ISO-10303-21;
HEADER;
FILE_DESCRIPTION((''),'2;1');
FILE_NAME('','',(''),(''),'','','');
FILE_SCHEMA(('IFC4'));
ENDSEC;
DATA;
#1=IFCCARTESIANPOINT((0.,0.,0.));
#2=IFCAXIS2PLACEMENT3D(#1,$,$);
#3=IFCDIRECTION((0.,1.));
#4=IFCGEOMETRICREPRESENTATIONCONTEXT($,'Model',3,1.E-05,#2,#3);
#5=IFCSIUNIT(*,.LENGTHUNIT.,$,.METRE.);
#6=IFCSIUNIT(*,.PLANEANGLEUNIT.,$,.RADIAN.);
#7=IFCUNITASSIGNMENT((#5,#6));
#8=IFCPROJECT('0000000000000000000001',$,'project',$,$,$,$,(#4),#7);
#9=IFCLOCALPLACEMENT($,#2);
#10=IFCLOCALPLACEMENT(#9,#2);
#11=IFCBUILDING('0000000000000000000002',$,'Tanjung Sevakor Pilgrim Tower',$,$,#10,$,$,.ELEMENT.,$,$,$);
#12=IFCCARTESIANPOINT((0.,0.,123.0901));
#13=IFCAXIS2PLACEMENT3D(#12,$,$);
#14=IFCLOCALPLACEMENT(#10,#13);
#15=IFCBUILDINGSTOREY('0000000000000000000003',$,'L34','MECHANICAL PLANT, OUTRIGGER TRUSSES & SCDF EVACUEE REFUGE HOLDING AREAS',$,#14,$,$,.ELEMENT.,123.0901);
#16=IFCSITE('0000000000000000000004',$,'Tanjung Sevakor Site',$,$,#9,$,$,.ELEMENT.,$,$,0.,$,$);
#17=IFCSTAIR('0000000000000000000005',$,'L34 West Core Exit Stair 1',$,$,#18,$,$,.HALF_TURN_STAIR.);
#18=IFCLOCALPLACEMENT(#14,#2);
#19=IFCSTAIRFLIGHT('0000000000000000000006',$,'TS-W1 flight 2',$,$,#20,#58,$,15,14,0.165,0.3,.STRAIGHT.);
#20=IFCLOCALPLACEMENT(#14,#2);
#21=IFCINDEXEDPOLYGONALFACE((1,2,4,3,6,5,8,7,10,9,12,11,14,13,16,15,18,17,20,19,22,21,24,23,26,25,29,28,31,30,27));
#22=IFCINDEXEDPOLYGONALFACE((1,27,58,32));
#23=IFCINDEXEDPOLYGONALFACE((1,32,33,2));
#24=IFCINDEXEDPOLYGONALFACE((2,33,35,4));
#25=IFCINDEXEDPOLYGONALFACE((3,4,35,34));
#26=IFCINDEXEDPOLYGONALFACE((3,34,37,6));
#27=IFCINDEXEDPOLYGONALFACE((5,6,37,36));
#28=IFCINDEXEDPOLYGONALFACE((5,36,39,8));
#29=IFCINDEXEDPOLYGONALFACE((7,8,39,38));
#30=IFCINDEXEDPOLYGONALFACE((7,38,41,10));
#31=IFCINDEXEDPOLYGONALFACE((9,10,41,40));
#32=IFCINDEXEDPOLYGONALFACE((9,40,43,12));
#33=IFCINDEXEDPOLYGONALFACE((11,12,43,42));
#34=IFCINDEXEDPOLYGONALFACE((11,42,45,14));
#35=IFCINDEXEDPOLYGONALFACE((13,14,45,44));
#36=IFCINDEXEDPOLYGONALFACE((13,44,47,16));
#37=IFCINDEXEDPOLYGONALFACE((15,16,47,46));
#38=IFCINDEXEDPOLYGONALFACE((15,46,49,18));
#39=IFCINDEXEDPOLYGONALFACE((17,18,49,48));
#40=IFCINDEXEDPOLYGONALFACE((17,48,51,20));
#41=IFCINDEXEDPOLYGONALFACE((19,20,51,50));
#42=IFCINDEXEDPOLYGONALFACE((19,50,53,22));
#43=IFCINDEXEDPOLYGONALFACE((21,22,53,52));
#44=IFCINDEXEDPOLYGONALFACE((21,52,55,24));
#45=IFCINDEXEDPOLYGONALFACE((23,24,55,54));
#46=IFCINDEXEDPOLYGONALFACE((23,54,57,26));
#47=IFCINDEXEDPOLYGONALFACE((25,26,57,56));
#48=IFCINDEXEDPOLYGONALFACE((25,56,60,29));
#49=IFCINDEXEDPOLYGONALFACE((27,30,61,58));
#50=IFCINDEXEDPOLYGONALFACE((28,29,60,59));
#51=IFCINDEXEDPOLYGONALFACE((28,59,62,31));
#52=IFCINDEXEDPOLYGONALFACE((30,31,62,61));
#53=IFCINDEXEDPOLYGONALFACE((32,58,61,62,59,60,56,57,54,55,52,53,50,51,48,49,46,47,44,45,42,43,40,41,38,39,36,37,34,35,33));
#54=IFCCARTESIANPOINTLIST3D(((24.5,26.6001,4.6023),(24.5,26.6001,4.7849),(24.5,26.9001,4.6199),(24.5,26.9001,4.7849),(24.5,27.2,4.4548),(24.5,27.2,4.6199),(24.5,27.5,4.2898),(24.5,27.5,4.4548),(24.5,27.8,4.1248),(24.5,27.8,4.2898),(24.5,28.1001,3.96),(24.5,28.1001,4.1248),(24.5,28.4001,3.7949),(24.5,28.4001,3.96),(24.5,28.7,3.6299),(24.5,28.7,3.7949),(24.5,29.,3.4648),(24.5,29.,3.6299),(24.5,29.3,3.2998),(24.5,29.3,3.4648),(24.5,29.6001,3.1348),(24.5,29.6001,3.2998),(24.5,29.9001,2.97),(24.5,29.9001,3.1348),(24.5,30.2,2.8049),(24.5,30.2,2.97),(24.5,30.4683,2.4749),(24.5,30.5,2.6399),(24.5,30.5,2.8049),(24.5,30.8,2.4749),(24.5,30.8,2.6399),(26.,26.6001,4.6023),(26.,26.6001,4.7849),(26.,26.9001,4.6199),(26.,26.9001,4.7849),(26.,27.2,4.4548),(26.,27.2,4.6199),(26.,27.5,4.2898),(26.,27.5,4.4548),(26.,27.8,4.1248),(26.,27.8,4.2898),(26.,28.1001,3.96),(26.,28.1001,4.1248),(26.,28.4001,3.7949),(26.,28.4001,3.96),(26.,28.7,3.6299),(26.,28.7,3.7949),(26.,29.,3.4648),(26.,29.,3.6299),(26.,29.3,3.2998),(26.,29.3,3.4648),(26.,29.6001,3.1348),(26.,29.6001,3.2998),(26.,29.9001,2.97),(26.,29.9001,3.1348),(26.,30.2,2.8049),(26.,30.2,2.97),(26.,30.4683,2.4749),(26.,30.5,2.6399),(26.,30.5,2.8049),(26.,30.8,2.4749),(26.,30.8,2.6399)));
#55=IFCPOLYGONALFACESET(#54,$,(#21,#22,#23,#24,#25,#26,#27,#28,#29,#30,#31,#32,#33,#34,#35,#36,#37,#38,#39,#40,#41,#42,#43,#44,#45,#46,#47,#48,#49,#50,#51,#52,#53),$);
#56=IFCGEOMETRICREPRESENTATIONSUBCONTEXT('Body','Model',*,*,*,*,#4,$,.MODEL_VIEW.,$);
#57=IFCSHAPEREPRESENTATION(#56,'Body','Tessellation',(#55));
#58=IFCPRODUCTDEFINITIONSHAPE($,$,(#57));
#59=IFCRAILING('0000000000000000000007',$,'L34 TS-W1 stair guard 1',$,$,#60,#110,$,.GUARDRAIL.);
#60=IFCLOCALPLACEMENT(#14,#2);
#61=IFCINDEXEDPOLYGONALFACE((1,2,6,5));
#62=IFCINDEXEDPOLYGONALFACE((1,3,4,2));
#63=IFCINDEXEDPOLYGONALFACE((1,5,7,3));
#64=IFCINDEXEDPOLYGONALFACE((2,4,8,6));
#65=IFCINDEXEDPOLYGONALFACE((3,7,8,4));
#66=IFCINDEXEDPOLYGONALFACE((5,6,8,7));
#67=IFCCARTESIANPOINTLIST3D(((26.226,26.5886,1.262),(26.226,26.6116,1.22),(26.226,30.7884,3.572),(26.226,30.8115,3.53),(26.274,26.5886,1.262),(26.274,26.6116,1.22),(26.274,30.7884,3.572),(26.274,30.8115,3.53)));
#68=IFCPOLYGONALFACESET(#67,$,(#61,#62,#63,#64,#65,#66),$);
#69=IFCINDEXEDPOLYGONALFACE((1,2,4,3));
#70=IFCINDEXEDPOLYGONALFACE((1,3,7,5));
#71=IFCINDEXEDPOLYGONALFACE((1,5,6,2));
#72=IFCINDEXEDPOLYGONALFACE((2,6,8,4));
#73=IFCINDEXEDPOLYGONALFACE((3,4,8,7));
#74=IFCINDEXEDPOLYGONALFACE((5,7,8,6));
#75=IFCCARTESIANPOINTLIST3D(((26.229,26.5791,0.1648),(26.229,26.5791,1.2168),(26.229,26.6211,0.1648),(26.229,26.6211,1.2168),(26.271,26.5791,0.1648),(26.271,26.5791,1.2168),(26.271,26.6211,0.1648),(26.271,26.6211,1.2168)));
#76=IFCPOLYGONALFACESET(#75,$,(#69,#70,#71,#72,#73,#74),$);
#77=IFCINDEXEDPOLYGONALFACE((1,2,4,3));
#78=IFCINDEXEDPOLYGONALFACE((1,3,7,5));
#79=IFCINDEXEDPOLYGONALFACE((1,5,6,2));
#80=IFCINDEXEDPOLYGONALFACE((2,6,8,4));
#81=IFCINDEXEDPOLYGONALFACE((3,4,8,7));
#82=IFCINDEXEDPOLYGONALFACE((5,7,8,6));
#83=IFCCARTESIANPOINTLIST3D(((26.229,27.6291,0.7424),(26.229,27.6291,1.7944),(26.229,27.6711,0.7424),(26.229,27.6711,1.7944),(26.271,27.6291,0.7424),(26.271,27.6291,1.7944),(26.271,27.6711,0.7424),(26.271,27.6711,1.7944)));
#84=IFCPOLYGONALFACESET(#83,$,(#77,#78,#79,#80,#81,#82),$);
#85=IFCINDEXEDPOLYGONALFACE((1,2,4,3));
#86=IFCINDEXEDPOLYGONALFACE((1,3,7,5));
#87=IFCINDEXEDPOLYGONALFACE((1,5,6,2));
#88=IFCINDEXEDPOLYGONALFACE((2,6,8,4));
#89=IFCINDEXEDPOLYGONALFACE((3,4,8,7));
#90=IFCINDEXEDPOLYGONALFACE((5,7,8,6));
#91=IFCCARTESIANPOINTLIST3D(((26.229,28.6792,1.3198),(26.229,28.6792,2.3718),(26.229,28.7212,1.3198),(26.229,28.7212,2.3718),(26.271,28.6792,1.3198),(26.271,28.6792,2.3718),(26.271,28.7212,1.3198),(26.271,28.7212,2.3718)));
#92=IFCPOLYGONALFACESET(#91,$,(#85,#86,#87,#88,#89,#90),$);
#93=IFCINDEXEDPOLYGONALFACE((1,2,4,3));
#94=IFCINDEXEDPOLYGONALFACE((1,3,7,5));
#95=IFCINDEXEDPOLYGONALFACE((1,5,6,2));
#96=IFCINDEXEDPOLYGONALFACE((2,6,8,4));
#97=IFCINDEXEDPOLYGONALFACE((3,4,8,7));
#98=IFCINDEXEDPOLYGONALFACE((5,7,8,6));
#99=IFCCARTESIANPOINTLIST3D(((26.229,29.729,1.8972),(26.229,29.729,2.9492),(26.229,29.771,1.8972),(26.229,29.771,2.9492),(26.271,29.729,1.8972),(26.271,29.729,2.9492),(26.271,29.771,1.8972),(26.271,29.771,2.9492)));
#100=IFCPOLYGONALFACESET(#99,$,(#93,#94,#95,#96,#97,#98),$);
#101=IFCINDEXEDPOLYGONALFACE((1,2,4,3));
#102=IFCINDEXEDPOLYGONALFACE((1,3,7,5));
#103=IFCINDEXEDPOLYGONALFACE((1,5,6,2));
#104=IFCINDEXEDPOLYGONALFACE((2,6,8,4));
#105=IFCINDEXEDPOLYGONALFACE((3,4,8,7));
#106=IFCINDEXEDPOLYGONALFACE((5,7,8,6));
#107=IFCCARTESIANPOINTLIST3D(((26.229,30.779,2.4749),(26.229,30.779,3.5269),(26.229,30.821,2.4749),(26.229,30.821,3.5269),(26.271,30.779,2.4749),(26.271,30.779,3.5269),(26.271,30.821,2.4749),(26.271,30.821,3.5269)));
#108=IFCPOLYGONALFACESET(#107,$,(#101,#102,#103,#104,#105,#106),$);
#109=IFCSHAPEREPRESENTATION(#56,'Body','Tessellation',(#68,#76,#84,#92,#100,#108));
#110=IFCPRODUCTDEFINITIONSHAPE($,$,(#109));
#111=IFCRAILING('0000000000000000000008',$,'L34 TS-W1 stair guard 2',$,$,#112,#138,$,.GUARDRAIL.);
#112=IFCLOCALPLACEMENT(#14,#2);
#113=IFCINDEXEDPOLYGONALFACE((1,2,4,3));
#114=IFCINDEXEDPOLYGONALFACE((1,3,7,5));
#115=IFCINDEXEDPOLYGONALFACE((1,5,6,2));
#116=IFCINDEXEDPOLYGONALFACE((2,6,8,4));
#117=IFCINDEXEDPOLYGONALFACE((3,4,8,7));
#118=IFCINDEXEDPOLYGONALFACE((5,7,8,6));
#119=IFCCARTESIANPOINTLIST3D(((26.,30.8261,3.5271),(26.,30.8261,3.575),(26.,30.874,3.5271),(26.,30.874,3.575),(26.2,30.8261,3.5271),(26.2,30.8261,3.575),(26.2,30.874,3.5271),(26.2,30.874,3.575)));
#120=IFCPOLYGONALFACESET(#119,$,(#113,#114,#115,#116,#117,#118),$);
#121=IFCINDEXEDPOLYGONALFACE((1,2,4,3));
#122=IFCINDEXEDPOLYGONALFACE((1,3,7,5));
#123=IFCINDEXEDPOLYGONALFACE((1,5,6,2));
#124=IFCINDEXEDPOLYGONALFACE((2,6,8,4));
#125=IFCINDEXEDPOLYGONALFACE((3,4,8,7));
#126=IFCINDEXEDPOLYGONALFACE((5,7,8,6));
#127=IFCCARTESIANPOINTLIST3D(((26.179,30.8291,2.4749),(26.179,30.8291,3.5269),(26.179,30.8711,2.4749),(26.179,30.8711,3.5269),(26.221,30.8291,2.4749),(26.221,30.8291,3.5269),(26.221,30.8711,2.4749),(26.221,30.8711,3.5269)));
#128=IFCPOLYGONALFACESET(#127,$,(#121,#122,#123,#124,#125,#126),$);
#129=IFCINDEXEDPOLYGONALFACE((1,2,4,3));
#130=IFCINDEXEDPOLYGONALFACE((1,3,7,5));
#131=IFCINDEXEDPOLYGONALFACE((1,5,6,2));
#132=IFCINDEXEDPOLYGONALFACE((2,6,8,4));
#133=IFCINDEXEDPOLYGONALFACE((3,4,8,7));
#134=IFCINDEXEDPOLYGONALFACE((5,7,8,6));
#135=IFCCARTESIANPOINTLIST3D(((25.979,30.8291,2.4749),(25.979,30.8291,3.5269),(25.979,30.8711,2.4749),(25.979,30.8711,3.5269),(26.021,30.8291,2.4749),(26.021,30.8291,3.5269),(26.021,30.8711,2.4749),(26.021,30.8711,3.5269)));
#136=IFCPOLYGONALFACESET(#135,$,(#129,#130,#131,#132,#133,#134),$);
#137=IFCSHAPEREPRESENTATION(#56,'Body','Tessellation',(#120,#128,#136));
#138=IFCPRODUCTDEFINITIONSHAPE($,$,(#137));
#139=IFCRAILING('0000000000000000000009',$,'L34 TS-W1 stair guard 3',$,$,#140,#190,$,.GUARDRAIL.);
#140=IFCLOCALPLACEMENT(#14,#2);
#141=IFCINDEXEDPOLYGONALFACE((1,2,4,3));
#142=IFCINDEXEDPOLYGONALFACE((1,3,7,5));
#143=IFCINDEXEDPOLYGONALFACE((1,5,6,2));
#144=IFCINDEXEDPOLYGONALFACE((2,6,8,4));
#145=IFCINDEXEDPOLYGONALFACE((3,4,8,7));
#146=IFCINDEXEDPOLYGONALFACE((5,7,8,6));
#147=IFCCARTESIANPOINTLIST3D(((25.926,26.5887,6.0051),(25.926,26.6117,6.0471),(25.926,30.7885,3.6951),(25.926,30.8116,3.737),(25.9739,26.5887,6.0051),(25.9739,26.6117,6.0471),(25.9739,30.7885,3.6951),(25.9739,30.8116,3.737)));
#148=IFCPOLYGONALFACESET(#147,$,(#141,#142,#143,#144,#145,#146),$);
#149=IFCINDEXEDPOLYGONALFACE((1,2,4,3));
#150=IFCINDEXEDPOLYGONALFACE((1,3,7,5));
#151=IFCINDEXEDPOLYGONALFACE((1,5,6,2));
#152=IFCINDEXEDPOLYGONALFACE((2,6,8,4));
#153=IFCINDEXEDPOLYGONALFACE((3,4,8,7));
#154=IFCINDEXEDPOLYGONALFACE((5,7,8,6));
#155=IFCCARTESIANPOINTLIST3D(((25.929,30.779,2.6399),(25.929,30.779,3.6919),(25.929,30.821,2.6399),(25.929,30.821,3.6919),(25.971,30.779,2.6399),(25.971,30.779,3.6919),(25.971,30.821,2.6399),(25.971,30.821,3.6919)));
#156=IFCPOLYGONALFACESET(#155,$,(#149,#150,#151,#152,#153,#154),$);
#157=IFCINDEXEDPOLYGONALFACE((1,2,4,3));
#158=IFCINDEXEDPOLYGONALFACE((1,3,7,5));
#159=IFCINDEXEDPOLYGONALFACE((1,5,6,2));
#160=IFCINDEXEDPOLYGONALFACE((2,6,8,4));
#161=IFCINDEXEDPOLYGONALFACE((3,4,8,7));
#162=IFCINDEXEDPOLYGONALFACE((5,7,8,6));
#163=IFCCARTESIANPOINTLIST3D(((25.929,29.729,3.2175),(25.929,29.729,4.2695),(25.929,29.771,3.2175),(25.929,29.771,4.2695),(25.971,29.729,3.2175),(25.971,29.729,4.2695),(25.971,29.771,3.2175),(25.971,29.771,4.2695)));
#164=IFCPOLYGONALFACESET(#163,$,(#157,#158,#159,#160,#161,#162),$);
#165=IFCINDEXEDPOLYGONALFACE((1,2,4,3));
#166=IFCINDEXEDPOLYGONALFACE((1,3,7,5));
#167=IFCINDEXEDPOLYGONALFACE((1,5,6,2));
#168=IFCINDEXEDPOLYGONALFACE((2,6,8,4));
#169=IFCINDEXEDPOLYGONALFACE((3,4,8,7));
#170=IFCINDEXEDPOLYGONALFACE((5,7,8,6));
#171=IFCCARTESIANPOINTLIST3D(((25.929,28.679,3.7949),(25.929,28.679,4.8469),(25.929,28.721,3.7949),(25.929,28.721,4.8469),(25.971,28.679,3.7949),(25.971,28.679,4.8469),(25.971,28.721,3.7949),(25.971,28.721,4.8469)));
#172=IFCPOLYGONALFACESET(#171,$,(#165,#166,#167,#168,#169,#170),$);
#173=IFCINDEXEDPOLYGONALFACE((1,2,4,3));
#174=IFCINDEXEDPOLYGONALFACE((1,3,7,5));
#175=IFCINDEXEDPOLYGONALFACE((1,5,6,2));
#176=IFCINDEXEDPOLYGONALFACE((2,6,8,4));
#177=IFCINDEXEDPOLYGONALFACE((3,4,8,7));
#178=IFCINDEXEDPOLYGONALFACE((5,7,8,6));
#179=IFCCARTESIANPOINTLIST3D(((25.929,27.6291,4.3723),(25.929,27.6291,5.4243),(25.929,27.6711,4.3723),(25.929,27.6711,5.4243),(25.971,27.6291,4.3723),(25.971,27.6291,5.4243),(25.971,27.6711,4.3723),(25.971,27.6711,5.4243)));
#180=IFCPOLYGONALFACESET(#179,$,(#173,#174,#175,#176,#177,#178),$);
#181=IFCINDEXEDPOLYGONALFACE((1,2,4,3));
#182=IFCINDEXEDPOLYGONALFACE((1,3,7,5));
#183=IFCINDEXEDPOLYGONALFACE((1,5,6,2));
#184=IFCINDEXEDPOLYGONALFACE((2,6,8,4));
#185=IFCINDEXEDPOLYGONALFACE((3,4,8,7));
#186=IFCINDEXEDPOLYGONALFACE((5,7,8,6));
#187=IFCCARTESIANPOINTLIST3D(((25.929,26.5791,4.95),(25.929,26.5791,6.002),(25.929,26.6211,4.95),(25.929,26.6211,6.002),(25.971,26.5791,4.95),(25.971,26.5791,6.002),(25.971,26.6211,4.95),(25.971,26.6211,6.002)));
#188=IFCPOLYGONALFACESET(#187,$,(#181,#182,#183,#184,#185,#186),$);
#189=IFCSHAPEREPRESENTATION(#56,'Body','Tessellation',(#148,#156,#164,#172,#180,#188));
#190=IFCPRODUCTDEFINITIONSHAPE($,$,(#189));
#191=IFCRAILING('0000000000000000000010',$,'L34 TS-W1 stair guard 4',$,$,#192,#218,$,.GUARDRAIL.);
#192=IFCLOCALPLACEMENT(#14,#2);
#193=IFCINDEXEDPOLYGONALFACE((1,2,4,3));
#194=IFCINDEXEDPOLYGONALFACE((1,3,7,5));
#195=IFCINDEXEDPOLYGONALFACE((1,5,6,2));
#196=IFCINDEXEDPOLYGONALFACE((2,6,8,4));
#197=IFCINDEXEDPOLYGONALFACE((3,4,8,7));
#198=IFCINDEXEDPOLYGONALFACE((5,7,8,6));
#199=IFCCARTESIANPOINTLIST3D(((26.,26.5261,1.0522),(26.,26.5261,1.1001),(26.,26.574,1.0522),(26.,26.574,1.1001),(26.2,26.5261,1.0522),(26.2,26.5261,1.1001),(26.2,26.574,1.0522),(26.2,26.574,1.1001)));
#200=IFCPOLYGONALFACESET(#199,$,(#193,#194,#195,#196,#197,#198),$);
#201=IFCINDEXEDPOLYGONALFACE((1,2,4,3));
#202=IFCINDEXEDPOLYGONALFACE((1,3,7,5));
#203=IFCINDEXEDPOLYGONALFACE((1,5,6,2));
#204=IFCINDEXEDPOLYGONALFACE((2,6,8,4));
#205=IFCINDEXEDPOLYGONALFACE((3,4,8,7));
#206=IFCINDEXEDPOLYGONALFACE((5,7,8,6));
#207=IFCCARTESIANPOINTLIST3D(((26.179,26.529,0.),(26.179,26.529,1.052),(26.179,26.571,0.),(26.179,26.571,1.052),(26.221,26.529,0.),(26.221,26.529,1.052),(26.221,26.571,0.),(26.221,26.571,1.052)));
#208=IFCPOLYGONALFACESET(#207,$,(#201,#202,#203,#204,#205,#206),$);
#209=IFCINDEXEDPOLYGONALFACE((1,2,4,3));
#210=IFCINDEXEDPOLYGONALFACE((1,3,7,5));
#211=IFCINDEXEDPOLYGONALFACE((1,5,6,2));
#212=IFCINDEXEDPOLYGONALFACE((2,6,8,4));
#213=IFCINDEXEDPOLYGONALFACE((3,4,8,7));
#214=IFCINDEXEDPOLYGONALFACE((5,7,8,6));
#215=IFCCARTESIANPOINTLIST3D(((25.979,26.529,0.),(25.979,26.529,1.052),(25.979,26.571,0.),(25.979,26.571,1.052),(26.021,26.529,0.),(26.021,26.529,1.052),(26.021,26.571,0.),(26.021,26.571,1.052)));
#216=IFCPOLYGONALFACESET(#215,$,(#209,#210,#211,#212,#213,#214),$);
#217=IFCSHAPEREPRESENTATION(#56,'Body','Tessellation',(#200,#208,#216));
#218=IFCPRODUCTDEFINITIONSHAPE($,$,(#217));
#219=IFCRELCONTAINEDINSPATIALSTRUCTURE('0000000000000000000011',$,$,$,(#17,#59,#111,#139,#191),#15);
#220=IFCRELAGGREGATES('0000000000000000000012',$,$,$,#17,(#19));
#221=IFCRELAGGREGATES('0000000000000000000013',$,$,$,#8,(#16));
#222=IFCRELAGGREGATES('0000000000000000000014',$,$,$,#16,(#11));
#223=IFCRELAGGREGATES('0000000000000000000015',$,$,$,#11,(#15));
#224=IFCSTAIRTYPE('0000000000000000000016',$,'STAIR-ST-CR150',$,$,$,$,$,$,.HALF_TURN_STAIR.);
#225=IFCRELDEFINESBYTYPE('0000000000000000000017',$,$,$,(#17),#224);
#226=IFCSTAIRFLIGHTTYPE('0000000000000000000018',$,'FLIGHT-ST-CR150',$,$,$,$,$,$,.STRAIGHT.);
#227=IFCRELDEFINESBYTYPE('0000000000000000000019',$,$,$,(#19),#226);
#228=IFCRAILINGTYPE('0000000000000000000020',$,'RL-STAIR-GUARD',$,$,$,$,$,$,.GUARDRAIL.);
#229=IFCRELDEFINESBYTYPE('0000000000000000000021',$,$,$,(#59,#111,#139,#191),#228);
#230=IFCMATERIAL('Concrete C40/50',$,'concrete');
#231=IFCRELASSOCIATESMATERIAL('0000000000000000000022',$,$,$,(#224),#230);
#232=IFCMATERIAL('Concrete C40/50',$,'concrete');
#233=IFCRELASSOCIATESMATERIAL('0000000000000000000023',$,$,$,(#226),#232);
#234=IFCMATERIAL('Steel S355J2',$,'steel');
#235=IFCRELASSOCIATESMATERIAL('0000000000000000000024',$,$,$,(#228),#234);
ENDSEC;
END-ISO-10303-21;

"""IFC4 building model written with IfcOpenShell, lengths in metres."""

from ifc_helpers import new_model, si_unit, direction, frame, origin, place, context, subcontext, project, spatial, polyline, rectangle, outline, extrude, material, type_object, element, aggregate, save


model = new_model("IFC4")

# Units and contexts
model_context = context("Model", 3, precision=1e-05, world=origin(), true_north=direction((0.0, 1.0)))
body_context = subcontext(model_context, "Body", "Model", "MODEL_VIEW")
ifc_project = project(units=[si_unit("LENGTHUNIT", "METRE"), si_unit("PLANEANGLEUNIT", "RADIAN")], contexts=[model_context])

# Site, building, storey
site_placement = place(None, origin())
site = spatial("IfcSite", under=ifc_project, at=site_placement, Name="Tanjung Sevakor Site", CompositionType="ELEMENT", RefElevation=0.0)
building_placement = place(site_placement, origin())
building = spatial("IfcBuilding", under=site, at=building_placement, Name="Tanjung Sevakor Pilgrim Tower", CompositionType="ELEMENT")
storey_placement = place(building_placement, frame((0.0, 0.0, 123.0901)))
storey = spatial("IfcBuildingStorey", under=building, at=storey_placement, Name="L34", Description="MECHANICAL PLANT, OUTRIGGER TRUSSES & SCDF EVACUEE REFUGE HOLDING AREAS", CompositionType="ELEMENT", Elevation=123.0901)

# Stair, stair flight
ifc_material_1 = material(Name="Concrete C40/50", Category="concrete")
stair_type = type_object("IfcStairType", Name="STAIR-ST-CR150", PredefinedType="HALF_TURN_STAIR", material=ifc_material_1)
stair_placement = place(storey_placement, origin())
stair = element("IfcStair", 1, at=stair_placement, inside=storey, type_object=stair_type, Name="L34 West Core Exit Stair 1", PredefinedType="HALF_TURN_STAIR")
ifc_material_2 = material(Name="Concrete C40/50", Category="concrete")
stair_flight_type = type_object("IfcStairFlightType", Name="FLIGHT-ST-CR150", PredefinedType="STRAIGHT", material=ifc_material_2)
stair_flight_1_placement = place(storey_placement, frame((25.25, 30.8, 2.4749), z_axis=(0.0, 0.0, 1.0), x_axis=(0.0, -1.0, 0.0)))
stair_flight_1 = element("IfcStairFlight", 2, at=stair_flight_1_placement, type_object=stair_flight_type, Name="TS-W1 flight 2", NumberOfRisers=15, NumberOfTreads=14, PredefinedType="STRAIGHT", RiserHeight=0.165, TreadLength=0.3, context=body_context, shape_type="SweptSolid", body=[
    extrude(outline(polyline([(0.0, 0.0), (0.0, 0.165), (0.3, 0.165), (0.3, 0.3301), (0.6001, 0.3301), (0.6001, 0.4951), (0.8999, 0.4951), (0.8999, 0.6599), (1.2, 0.6599), (1.2, 0.825), (1.5, 0.825), (1.5, 0.99), (1.8, 0.99), (1.8, 1.155), (2.1001, 1.155), (2.1001, 1.3201), (2.3999, 1.3201), (2.3999, 1.4851), (2.7, 1.4851), (2.7, 1.6499), (3.0, 1.6499), (3.0, 1.8149), (3.3, 1.8149), (3.3, 1.98), (3.6001, 1.98), (3.6001, 2.145), (3.8999, 2.145), (3.8999, 2.3101), (4.2, 2.3101), (4.2, 2.4751), (4.2, 2.1274), (0.3318, 0.0), (0.0, 0.0)])), frame((0.0, 0.75, 0.0), z_axis=(0.0, -1.0, 0.0), x_axis=(1.0, 0.0, 0.0)), (0.0, 0.0, 1.0), 1.5),
])
aggregate(stair, [stair_flight_1])

# Railings
ifc_material_3 = material(Name="Steel S355J2", Category="steel")
railing_type_1 = type_object("IfcRailingType", Name="RL-STAIR-GUARD", PredefinedType="GUARDRAIL", material=ifc_material_3)
railing_1_placement = place(storey_placement, frame((26.25, 26.6001, 0.1648)))
element("IfcRailing", 3, at=railing_1_placement, inside=storey, type_object=railing_type_1, Name="L34 TS-W1 stair guard 1", PredefinedType="GUARDRAIL", context=body_context, shape_type="SweptSolid", body=[
    extrude(rectangle(XDim=0.0479, YDim=0.0479), frame((0.0, 0.0, 1.0762), z_axis=(0.0, 0.876208, 0.481932), x_axis=(-1.0, 0.0, 0.0)), (0.0, 0.0, 1.0), 4.7932),
    extrude(rectangle(XDim=0.042, YDim=0.042), origin(), (0.0, 0.0, 1.0), 1.052),
    extrude(rectangle(XDim=0.042, YDim=0.042), frame((0.0, 1.05, 0.5776)), (0.0, 0.0, 1.0), 1.052),
    extrude(rectangle(XDim=0.042, YDim=0.042), frame((0.0, 2.1001, 1.155)), (0.0, 0.0, 1.0), 1.052),
    extrude(rectangle(XDim=0.042, YDim=0.042), frame((0.0, 3.1499, 1.7324)), (0.0, 0.0, 1.0), 1.052),
    extrude(rectangle(XDim=0.042, YDim=0.042), frame((0.0, 4.2, 2.3101)), (0.0, 0.0, 1.0), 1.052),
])
railing_2_placement = place(storey_placement, frame((26.2, 30.8501, 2.4749)))
element("IfcRailing", 4, at=railing_2_placement, inside=storey, type_object=railing_type_1, Name="L34 TS-W1 stair guard 2", PredefinedType="GUARDRAIL", context=body_context, shape_type="SweptSolid", body=[
    extrude(rectangle(XDim=0.0479, YDim=0.0479), frame((0.0, 0.0, 1.0762), z_axis=(-1.0, 0.0, 0.0), x_axis=(0.0, -1.0, 0.0)), (0.0, 0.0, 1.0), 0.2),
    extrude(rectangle(XDim=0.042, YDim=0.042), origin(), (0.0, 0.0, 1.0), 1.052),
    extrude(rectangle(XDim=0.042, YDim=0.042), frame((-0.2, 0.0, 0.0)), (0.0, 0.0, 1.0), 1.052),
])
railing_3_placement = place(storey_placement, frame((25.95, 30.8, 2.6399)))
element("IfcRailing", 5, at=railing_3_placement, inside=storey, type_object=railing_type_1, Name="L34 TS-W1 stair guard 3", PredefinedType="GUARDRAIL", context=body_context, shape_type="SweptSolid", body=[
    extrude(rectangle(XDim=0.0479, YDim=0.0479), frame((0.0, 0.0, 1.0762), z_axis=(0.0, -0.876208, 0.481932), x_axis=(1.0, 0.0, 0.0)), (0.0, 0.0, 1.0), 4.7932),
    extrude(rectangle(XDim=0.042, YDim=0.042), origin(), (0.0, 0.0, 1.0), 1.052),
    extrude(rectangle(XDim=0.042, YDim=0.042), frame((0.0, -1.05, 0.5776)), (0.0, 0.0, 1.0), 1.052),
    extrude(rectangle(XDim=0.042, YDim=0.042), frame((0.0, -2.1001, 1.155)), (0.0, 0.0, 1.0), 1.052),
    extrude(rectangle(XDim=0.042, YDim=0.042), frame((0.0, -3.1499, 1.7324)), (0.0, 0.0, 1.0), 1.052),
    extrude(rectangle(XDim=0.042, YDim=0.042), frame((0.0, -4.2, 2.3101)), (0.0, 0.0, 1.0), 1.052),
])
railing_4_placement = place(storey_placement, frame((26.2, 26.55, 0.0)))
element("IfcRailing", 6, at=railing_4_placement, inside=storey, type_object=railing_type_1, Name="L34 TS-W1 stair guard 4", PredefinedType="GUARDRAIL", context=body_context, shape_type="SweptSolid", body=[
    extrude(rectangle(XDim=0.0479, YDim=0.0479), frame((0.0, 0.0, 1.0762), z_axis=(-1.0, 0.0, 0.0), x_axis=(0.0, -1.0, 0.0)), (0.0, 0.0, 1.0), 0.2),
    extrude(rectangle(XDim=0.042, YDim=0.042), origin(), (0.0, 0.0, 1.0), 1.052),
    extrude(rectangle(XDim=0.042, YDim=0.042), frame((-0.2, 0.0, 0.0)), (0.0, 0.0, 1.0), 1.052),
])

save(model, "model.ifc")
